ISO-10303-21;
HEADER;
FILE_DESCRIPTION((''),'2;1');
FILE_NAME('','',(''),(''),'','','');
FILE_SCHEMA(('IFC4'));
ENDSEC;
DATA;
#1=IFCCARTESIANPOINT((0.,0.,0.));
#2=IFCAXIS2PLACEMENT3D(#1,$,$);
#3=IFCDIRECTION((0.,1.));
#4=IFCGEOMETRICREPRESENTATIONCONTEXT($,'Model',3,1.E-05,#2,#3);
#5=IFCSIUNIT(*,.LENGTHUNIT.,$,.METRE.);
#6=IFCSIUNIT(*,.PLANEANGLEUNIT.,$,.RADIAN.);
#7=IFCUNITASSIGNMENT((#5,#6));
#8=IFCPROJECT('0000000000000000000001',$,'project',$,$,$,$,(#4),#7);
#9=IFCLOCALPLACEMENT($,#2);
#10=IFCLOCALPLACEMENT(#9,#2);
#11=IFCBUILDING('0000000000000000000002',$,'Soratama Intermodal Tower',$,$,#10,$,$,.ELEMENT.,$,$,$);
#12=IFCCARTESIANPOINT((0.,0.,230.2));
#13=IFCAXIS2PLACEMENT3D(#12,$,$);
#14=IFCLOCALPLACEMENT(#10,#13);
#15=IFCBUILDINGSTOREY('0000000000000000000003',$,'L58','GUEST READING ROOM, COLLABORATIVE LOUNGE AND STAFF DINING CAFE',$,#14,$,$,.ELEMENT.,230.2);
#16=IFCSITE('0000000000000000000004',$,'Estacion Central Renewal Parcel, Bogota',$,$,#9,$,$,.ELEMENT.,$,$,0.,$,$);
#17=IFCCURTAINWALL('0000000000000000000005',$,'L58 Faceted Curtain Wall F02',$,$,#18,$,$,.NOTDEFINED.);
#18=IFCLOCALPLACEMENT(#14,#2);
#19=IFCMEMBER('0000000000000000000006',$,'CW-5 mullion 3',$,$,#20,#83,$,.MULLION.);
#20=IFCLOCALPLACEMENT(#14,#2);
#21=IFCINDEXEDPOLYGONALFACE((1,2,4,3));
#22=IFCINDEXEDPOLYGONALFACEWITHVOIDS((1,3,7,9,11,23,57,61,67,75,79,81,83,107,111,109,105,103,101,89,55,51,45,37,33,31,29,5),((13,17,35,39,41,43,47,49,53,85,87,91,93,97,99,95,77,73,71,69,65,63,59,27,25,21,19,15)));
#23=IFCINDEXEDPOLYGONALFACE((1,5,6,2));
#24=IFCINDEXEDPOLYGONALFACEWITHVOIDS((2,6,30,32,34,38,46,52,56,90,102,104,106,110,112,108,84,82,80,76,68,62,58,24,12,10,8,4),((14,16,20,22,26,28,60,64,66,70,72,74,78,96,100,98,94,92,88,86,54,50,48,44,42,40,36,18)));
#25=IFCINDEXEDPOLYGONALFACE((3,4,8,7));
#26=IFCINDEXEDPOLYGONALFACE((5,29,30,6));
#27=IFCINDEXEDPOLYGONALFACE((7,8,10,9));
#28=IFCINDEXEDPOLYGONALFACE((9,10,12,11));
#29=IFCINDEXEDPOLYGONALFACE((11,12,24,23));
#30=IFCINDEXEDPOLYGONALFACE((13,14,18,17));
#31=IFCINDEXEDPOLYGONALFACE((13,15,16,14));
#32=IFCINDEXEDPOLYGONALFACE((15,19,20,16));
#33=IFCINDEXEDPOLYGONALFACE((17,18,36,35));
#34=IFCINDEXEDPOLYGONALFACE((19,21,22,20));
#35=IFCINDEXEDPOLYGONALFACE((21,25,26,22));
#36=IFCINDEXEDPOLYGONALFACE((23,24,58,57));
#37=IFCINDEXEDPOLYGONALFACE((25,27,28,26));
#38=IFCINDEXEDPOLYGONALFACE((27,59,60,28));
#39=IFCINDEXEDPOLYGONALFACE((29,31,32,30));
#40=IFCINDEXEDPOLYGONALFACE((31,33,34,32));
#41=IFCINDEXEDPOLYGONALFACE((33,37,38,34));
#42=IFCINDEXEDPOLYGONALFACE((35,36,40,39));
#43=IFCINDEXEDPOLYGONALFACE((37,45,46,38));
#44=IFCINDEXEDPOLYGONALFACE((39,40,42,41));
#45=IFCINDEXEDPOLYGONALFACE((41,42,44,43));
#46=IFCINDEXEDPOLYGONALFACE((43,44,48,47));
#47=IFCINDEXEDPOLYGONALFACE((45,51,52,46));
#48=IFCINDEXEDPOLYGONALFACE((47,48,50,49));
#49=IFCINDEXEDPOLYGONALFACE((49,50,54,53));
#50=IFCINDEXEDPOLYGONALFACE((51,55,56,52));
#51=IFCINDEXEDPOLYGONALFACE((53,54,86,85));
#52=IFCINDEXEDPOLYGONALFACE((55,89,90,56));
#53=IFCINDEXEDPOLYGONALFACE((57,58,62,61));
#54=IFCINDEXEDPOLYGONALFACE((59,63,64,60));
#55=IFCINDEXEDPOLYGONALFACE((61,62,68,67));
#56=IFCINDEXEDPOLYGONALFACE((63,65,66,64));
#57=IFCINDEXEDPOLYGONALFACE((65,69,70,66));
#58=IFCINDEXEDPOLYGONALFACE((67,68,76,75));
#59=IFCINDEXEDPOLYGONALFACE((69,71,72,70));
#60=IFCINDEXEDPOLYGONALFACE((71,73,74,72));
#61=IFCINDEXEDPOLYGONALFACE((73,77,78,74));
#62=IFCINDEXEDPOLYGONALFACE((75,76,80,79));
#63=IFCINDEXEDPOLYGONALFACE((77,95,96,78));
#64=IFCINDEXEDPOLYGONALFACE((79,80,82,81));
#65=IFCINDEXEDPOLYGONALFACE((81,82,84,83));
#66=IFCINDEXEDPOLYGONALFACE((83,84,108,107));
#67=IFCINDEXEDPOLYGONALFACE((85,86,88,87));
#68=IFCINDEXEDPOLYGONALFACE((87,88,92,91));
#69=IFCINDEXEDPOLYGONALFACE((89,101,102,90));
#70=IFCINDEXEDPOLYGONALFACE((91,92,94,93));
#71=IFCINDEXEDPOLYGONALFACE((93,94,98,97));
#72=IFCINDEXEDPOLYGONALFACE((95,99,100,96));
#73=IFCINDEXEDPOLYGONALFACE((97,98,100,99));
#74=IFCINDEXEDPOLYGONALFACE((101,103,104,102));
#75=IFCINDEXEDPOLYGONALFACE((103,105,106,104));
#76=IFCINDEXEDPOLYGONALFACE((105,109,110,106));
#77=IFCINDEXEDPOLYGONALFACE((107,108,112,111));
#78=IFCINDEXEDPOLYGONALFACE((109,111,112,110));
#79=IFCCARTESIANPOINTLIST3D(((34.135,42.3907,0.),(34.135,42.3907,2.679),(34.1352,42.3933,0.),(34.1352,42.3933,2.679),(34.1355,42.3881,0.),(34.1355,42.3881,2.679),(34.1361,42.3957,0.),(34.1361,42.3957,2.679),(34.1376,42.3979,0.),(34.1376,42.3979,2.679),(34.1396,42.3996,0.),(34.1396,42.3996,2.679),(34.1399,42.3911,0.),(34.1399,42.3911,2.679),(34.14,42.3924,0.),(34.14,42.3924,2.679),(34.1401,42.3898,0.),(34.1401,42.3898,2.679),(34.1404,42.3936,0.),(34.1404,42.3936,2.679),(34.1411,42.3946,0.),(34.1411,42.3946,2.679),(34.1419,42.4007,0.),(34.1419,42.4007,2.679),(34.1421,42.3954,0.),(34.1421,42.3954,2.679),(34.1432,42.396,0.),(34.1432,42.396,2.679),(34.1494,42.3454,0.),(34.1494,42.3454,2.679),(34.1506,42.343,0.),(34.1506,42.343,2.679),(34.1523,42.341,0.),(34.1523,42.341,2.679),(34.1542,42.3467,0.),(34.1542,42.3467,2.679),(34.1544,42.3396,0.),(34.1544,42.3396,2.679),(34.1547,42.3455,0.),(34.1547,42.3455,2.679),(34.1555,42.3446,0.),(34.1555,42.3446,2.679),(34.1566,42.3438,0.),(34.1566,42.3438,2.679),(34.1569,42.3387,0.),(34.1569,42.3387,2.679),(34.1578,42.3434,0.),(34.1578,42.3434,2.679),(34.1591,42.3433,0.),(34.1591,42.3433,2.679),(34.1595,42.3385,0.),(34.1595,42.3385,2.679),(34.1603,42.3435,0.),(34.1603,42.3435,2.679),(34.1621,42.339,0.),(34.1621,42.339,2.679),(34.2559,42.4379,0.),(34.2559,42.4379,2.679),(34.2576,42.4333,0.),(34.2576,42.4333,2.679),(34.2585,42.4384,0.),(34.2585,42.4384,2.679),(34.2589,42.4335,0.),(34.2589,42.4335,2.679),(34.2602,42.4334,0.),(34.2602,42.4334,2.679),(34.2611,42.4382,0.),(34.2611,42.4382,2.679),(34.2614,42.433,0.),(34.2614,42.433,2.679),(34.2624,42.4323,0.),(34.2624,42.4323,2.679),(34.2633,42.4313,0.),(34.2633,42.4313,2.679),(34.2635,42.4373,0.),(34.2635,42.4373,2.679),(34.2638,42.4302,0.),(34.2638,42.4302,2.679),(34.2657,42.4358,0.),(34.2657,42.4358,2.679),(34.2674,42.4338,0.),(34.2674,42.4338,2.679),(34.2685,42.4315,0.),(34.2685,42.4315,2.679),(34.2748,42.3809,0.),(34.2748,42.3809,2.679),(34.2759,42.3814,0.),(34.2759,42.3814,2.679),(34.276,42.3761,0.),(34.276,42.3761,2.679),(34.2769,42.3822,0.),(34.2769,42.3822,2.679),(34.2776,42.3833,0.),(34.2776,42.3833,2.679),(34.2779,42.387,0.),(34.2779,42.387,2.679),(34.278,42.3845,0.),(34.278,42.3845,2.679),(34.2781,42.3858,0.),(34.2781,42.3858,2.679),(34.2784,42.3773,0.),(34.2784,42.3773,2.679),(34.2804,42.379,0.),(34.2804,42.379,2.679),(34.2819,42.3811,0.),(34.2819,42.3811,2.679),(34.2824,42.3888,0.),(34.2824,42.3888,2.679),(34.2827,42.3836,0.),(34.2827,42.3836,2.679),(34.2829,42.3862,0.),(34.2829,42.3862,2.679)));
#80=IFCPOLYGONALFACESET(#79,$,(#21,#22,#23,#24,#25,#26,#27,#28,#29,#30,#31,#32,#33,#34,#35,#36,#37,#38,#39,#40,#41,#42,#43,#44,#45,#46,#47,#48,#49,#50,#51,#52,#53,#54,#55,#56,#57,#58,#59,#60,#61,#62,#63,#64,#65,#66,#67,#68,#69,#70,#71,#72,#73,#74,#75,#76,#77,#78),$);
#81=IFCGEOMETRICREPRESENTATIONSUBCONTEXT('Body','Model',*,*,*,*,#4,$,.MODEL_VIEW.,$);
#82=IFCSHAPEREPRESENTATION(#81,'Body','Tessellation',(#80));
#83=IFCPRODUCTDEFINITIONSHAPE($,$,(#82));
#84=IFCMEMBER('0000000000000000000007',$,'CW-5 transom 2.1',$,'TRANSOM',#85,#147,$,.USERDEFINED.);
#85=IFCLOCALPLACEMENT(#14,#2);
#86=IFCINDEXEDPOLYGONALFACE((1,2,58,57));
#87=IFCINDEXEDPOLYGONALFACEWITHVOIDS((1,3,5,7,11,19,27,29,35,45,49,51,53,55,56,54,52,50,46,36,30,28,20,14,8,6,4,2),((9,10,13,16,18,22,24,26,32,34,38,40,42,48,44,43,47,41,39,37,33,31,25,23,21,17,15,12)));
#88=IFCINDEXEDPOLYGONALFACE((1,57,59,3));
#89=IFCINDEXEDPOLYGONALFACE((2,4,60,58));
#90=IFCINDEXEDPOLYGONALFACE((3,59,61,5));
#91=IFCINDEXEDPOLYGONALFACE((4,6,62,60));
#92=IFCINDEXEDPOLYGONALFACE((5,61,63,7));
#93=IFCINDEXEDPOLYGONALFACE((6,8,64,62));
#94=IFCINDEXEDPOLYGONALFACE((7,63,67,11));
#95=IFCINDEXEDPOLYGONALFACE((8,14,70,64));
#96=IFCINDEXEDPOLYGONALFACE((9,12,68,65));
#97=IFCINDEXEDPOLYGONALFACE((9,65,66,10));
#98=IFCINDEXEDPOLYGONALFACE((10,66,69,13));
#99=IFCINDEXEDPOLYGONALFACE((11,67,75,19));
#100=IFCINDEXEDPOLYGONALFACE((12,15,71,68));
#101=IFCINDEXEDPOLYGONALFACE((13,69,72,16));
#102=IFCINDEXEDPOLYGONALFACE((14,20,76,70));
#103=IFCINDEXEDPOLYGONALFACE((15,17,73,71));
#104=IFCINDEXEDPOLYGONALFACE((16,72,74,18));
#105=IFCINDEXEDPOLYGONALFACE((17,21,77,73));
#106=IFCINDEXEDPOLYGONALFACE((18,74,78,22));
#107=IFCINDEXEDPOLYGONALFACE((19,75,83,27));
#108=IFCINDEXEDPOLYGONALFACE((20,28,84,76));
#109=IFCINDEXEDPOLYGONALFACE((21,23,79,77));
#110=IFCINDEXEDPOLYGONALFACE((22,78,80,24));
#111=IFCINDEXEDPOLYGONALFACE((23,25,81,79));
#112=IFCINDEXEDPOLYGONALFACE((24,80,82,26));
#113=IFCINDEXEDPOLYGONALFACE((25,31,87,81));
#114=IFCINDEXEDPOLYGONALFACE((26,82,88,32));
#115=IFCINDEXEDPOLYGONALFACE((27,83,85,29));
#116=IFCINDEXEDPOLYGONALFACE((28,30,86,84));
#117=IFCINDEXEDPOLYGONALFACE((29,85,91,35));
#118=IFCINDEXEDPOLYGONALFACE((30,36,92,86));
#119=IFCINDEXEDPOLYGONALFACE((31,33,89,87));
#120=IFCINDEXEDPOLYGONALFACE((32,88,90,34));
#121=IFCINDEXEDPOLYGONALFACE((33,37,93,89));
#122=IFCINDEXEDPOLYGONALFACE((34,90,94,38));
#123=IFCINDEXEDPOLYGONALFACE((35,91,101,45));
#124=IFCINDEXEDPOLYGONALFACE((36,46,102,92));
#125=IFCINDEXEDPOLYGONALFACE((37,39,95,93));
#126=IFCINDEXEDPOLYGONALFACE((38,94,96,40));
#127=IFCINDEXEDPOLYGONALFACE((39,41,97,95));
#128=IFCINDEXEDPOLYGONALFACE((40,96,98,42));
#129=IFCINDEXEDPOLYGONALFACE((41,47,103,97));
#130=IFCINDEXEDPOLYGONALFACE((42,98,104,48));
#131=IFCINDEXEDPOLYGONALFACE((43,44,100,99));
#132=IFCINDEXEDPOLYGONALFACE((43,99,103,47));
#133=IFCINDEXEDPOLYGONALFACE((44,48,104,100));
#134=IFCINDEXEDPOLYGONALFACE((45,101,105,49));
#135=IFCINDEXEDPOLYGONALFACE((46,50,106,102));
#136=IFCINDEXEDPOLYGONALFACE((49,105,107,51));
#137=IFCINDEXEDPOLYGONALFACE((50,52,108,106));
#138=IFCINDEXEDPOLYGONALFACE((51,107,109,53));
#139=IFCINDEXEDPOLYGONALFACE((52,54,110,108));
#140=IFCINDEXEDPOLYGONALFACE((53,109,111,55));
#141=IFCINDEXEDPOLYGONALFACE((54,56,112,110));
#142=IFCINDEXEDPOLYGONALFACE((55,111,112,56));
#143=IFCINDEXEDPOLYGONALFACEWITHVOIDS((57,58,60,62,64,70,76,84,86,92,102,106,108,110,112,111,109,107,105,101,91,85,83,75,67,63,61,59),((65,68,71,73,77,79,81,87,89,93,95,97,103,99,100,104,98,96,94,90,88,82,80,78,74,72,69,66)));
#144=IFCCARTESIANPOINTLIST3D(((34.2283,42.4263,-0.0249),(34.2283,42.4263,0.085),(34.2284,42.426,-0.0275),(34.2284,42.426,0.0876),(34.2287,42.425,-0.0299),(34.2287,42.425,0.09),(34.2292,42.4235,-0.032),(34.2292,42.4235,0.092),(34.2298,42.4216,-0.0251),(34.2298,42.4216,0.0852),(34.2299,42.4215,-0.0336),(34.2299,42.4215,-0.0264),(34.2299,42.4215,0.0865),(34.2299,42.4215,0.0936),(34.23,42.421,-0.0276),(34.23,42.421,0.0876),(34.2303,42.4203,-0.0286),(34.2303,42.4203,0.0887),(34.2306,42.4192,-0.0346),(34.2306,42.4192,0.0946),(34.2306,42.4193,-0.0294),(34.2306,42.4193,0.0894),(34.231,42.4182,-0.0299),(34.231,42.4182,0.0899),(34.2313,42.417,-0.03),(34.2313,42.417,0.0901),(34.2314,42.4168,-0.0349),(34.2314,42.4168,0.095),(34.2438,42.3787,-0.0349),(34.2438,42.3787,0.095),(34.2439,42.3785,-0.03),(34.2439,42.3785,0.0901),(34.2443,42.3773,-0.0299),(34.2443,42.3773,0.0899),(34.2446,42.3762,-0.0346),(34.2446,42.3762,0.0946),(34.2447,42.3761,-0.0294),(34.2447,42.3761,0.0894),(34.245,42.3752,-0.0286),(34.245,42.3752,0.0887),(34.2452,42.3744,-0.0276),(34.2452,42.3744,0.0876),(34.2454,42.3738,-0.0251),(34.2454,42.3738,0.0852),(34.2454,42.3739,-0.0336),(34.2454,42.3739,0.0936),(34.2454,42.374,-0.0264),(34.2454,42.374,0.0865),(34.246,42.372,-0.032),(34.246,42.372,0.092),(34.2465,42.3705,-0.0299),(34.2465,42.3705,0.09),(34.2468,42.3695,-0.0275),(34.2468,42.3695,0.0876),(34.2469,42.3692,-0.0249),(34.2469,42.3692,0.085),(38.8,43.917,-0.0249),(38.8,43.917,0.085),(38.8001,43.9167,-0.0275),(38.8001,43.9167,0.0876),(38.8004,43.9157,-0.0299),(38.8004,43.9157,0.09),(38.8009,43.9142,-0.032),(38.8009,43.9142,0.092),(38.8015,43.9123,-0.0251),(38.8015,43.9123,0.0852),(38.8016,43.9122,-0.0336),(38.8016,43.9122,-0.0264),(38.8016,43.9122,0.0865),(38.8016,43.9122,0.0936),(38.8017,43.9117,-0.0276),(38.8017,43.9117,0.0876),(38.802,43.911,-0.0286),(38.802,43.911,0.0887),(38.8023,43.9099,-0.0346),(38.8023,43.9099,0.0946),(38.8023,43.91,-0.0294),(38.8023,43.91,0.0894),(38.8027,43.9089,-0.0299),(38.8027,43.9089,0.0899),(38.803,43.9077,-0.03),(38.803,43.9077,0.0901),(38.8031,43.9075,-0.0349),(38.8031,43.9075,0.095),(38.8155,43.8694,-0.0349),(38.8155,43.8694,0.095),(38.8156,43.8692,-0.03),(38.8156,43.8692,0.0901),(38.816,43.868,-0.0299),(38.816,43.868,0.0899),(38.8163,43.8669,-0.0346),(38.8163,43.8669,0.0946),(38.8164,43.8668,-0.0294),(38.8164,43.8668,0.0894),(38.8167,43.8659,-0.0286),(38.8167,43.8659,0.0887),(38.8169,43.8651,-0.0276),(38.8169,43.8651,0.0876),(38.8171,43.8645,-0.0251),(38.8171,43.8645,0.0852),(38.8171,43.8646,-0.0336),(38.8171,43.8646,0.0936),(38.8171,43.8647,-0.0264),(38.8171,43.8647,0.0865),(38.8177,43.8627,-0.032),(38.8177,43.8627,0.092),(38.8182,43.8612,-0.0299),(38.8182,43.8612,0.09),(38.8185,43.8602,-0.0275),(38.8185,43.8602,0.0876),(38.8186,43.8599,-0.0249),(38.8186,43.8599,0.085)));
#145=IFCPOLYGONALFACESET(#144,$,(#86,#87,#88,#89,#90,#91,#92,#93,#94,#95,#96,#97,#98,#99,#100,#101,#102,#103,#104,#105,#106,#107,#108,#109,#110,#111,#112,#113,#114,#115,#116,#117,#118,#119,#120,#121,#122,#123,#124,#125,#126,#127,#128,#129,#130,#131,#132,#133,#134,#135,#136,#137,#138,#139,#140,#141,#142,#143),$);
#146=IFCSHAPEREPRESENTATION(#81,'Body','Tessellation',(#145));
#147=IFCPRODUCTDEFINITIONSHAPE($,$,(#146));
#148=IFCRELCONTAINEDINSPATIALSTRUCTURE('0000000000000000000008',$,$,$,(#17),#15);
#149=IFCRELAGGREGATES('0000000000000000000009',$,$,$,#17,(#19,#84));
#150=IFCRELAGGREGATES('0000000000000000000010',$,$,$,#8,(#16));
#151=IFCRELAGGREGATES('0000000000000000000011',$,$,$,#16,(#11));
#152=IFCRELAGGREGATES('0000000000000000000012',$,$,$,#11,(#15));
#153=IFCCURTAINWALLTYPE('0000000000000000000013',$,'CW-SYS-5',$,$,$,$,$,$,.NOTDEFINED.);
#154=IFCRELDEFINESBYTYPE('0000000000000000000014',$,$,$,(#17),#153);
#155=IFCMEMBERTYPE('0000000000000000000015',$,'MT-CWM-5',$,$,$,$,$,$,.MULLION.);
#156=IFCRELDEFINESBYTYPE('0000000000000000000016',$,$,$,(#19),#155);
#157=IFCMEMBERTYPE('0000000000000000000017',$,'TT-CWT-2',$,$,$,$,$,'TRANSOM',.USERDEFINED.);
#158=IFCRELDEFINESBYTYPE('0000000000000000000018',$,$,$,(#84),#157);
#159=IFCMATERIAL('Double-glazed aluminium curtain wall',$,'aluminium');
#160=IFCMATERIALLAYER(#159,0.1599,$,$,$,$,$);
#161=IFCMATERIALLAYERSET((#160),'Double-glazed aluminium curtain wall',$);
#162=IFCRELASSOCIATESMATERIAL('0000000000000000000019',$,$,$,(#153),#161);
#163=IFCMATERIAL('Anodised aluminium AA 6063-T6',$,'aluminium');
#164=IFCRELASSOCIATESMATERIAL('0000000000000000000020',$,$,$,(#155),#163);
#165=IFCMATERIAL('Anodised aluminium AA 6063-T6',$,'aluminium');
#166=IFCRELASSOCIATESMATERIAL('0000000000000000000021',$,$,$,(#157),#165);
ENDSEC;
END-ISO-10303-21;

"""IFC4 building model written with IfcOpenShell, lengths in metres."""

from ifc_helpers import new_model, si_unit, direction, frame, origin, origin_2d, place, context, subcontext, project, spatial, hollow_rectangle, extrude, material, layer, layer_set, material_profile, profile_set, type_object, element, aggregate, save


model = new_model("IFC4")

# Units and contexts
model_context = context("Model", 3, precision=1e-05, world=origin(), true_north=direction((0.0, 1.0)))
body_context = subcontext(model_context, "Body", "Model", "MODEL_VIEW")
ifc_project = project(units=[si_unit("LENGTHUNIT", "METRE"), si_unit("PLANEANGLEUNIT", "RADIAN")], contexts=[model_context])

# Site, building, storey
site_placement = place(None, origin())
site = spatial("IfcSite", under=ifc_project, at=site_placement, Name="Estacion Central Renewal Parcel, Bogota", CompositionType="ELEMENT", RefElevation=0.0)
building_placement = place(site_placement, origin())
building = spatial("IfcBuilding", under=site, at=building_placement, Name="Soratama Intermodal Tower", CompositionType="ELEMENT")
storey_placement = place(building_placement, frame((0.0, 0.0, 230.2)))
storey = spatial("IfcBuildingStorey", under=building, at=storey_placement, Name="L58", Description="GUEST READING ROOM, COLLABORATIVE LOUNGE AND STAFF DINING CAFE", CompositionType="ELEMENT", Elevation=230.2)

# Curtain wall, members
ifc_material_1 = material(Name="Double-glazed aluminium curtain wall", Category="aluminium")
ifc_layer_1 = layer(ifc_material_1, 0.1599)
ifc_layer_set_1 = layer_set([ifc_layer_1], Name="Double-glazed aluminium curtain wall")
curtain_wall_type = type_object("IfcCurtainWallType", Name="CW-SYS-5", PredefinedType="NOTDEFINED", material=ifc_layer_set_1)
curtain_wall_placement = place(storey_placement, origin())
curtain_wall = element("IfcCurtainWall", 1, at=curtain_wall_placement, inside=storey, type_object=curtain_wall_type, Name="L58 Faceted Curtain Wall F02", PredefinedType="NOTDEFINED")
ifc_material_2 = material(Name="Anodised aluminium AA 6063-T6", Category="aluminium")
ifc_material_profile_1 = material_profile(ifc_material_2, hollow_rectangle(XDim=0.0649, YDim=0.1399, WallThickness=0.0049, InnerFilletRadius=0.0049, OuterFilletRadius=0.01, at=origin_2d()), Name="CWM140X65X5")
ifc_profile_set_1 = profile_set([ifc_material_profile_1], Name="Anodised aluminium AA 6063-T6")
member_type_1 = type_object("IfcMemberType", Name="MT-CWM-5", PredefinedType="MULLION", material=ifc_profile_set_1)
member_1_placement = place(storey_placement, frame((34.209, 42.3884, 0.0), z_axis=(0.0, 0.0, 1.0), x_axis=(0.310014, -0.950732, 0.0)))
member_1 = element("IfcMember", 2, at=member_1_placement, type_object=member_type_1, Name="CW-5 mullion 3", PredefinedType="MULLION", context=body_context, shape_type="SweptSolid", body=[
    extrude(hollow_rectangle(XDim=0.0649, YDim=0.1399, WallThickness=0.0049, InnerFilletRadius=0.0049, OuterFilletRadius=0.01, at=origin_2d()), origin(), (0.0, 0.0, 1.0), 2.679),
])
ifc_material_3 = material(Name="Anodised aluminium AA 6063-T6", Category="aluminium")
ifc_material_profile_2 = material_profile(ifc_material_3, hollow_rectangle(XDim=0.0601, YDim=0.1299, WallThickness=0.0049, InnerFilletRadius=0.0049, OuterFilletRadius=0.01, at=origin_2d()), Name="CWT130X60X5")
ifc_profile_set_2 = profile_set([ifc_material_profile_2], Name="Anodised aluminium AA 6063-T6")
member_type_2 = type_object("IfcMemberType", Name="TT-CWT-2", ElementType="TRANSOM", PredefinedType="USERDEFINED", material=ifc_profile_set_2)
member_2_placement = place(storey_placement, frame((38.8093, 43.8884, 0.03), z_axis=(-0.950734, -0.310007, 0.0), x_axis=(0.310007, -0.950734, 0.0)))
member_2 = element("IfcMember", 3, at=member_2_placement, type_object=member_type_2, Name="CW-5 transom 2.1", ObjectType="TRANSOM", PredefinedType="USERDEFINED", context=body_context, shape_type="SweptSolid", body=[
    extrude(hollow_rectangle(XDim=0.0601, YDim=0.1299, WallThickness=0.0049, InnerFilletRadius=0.0049, OuterFilletRadius=0.01, at=origin_2d()), origin(), (0.0, 0.0, 1.0), 4.8086),
])
aggregate(curtain_wall, [member_1, member_2])

save(model, "model.ifc")
